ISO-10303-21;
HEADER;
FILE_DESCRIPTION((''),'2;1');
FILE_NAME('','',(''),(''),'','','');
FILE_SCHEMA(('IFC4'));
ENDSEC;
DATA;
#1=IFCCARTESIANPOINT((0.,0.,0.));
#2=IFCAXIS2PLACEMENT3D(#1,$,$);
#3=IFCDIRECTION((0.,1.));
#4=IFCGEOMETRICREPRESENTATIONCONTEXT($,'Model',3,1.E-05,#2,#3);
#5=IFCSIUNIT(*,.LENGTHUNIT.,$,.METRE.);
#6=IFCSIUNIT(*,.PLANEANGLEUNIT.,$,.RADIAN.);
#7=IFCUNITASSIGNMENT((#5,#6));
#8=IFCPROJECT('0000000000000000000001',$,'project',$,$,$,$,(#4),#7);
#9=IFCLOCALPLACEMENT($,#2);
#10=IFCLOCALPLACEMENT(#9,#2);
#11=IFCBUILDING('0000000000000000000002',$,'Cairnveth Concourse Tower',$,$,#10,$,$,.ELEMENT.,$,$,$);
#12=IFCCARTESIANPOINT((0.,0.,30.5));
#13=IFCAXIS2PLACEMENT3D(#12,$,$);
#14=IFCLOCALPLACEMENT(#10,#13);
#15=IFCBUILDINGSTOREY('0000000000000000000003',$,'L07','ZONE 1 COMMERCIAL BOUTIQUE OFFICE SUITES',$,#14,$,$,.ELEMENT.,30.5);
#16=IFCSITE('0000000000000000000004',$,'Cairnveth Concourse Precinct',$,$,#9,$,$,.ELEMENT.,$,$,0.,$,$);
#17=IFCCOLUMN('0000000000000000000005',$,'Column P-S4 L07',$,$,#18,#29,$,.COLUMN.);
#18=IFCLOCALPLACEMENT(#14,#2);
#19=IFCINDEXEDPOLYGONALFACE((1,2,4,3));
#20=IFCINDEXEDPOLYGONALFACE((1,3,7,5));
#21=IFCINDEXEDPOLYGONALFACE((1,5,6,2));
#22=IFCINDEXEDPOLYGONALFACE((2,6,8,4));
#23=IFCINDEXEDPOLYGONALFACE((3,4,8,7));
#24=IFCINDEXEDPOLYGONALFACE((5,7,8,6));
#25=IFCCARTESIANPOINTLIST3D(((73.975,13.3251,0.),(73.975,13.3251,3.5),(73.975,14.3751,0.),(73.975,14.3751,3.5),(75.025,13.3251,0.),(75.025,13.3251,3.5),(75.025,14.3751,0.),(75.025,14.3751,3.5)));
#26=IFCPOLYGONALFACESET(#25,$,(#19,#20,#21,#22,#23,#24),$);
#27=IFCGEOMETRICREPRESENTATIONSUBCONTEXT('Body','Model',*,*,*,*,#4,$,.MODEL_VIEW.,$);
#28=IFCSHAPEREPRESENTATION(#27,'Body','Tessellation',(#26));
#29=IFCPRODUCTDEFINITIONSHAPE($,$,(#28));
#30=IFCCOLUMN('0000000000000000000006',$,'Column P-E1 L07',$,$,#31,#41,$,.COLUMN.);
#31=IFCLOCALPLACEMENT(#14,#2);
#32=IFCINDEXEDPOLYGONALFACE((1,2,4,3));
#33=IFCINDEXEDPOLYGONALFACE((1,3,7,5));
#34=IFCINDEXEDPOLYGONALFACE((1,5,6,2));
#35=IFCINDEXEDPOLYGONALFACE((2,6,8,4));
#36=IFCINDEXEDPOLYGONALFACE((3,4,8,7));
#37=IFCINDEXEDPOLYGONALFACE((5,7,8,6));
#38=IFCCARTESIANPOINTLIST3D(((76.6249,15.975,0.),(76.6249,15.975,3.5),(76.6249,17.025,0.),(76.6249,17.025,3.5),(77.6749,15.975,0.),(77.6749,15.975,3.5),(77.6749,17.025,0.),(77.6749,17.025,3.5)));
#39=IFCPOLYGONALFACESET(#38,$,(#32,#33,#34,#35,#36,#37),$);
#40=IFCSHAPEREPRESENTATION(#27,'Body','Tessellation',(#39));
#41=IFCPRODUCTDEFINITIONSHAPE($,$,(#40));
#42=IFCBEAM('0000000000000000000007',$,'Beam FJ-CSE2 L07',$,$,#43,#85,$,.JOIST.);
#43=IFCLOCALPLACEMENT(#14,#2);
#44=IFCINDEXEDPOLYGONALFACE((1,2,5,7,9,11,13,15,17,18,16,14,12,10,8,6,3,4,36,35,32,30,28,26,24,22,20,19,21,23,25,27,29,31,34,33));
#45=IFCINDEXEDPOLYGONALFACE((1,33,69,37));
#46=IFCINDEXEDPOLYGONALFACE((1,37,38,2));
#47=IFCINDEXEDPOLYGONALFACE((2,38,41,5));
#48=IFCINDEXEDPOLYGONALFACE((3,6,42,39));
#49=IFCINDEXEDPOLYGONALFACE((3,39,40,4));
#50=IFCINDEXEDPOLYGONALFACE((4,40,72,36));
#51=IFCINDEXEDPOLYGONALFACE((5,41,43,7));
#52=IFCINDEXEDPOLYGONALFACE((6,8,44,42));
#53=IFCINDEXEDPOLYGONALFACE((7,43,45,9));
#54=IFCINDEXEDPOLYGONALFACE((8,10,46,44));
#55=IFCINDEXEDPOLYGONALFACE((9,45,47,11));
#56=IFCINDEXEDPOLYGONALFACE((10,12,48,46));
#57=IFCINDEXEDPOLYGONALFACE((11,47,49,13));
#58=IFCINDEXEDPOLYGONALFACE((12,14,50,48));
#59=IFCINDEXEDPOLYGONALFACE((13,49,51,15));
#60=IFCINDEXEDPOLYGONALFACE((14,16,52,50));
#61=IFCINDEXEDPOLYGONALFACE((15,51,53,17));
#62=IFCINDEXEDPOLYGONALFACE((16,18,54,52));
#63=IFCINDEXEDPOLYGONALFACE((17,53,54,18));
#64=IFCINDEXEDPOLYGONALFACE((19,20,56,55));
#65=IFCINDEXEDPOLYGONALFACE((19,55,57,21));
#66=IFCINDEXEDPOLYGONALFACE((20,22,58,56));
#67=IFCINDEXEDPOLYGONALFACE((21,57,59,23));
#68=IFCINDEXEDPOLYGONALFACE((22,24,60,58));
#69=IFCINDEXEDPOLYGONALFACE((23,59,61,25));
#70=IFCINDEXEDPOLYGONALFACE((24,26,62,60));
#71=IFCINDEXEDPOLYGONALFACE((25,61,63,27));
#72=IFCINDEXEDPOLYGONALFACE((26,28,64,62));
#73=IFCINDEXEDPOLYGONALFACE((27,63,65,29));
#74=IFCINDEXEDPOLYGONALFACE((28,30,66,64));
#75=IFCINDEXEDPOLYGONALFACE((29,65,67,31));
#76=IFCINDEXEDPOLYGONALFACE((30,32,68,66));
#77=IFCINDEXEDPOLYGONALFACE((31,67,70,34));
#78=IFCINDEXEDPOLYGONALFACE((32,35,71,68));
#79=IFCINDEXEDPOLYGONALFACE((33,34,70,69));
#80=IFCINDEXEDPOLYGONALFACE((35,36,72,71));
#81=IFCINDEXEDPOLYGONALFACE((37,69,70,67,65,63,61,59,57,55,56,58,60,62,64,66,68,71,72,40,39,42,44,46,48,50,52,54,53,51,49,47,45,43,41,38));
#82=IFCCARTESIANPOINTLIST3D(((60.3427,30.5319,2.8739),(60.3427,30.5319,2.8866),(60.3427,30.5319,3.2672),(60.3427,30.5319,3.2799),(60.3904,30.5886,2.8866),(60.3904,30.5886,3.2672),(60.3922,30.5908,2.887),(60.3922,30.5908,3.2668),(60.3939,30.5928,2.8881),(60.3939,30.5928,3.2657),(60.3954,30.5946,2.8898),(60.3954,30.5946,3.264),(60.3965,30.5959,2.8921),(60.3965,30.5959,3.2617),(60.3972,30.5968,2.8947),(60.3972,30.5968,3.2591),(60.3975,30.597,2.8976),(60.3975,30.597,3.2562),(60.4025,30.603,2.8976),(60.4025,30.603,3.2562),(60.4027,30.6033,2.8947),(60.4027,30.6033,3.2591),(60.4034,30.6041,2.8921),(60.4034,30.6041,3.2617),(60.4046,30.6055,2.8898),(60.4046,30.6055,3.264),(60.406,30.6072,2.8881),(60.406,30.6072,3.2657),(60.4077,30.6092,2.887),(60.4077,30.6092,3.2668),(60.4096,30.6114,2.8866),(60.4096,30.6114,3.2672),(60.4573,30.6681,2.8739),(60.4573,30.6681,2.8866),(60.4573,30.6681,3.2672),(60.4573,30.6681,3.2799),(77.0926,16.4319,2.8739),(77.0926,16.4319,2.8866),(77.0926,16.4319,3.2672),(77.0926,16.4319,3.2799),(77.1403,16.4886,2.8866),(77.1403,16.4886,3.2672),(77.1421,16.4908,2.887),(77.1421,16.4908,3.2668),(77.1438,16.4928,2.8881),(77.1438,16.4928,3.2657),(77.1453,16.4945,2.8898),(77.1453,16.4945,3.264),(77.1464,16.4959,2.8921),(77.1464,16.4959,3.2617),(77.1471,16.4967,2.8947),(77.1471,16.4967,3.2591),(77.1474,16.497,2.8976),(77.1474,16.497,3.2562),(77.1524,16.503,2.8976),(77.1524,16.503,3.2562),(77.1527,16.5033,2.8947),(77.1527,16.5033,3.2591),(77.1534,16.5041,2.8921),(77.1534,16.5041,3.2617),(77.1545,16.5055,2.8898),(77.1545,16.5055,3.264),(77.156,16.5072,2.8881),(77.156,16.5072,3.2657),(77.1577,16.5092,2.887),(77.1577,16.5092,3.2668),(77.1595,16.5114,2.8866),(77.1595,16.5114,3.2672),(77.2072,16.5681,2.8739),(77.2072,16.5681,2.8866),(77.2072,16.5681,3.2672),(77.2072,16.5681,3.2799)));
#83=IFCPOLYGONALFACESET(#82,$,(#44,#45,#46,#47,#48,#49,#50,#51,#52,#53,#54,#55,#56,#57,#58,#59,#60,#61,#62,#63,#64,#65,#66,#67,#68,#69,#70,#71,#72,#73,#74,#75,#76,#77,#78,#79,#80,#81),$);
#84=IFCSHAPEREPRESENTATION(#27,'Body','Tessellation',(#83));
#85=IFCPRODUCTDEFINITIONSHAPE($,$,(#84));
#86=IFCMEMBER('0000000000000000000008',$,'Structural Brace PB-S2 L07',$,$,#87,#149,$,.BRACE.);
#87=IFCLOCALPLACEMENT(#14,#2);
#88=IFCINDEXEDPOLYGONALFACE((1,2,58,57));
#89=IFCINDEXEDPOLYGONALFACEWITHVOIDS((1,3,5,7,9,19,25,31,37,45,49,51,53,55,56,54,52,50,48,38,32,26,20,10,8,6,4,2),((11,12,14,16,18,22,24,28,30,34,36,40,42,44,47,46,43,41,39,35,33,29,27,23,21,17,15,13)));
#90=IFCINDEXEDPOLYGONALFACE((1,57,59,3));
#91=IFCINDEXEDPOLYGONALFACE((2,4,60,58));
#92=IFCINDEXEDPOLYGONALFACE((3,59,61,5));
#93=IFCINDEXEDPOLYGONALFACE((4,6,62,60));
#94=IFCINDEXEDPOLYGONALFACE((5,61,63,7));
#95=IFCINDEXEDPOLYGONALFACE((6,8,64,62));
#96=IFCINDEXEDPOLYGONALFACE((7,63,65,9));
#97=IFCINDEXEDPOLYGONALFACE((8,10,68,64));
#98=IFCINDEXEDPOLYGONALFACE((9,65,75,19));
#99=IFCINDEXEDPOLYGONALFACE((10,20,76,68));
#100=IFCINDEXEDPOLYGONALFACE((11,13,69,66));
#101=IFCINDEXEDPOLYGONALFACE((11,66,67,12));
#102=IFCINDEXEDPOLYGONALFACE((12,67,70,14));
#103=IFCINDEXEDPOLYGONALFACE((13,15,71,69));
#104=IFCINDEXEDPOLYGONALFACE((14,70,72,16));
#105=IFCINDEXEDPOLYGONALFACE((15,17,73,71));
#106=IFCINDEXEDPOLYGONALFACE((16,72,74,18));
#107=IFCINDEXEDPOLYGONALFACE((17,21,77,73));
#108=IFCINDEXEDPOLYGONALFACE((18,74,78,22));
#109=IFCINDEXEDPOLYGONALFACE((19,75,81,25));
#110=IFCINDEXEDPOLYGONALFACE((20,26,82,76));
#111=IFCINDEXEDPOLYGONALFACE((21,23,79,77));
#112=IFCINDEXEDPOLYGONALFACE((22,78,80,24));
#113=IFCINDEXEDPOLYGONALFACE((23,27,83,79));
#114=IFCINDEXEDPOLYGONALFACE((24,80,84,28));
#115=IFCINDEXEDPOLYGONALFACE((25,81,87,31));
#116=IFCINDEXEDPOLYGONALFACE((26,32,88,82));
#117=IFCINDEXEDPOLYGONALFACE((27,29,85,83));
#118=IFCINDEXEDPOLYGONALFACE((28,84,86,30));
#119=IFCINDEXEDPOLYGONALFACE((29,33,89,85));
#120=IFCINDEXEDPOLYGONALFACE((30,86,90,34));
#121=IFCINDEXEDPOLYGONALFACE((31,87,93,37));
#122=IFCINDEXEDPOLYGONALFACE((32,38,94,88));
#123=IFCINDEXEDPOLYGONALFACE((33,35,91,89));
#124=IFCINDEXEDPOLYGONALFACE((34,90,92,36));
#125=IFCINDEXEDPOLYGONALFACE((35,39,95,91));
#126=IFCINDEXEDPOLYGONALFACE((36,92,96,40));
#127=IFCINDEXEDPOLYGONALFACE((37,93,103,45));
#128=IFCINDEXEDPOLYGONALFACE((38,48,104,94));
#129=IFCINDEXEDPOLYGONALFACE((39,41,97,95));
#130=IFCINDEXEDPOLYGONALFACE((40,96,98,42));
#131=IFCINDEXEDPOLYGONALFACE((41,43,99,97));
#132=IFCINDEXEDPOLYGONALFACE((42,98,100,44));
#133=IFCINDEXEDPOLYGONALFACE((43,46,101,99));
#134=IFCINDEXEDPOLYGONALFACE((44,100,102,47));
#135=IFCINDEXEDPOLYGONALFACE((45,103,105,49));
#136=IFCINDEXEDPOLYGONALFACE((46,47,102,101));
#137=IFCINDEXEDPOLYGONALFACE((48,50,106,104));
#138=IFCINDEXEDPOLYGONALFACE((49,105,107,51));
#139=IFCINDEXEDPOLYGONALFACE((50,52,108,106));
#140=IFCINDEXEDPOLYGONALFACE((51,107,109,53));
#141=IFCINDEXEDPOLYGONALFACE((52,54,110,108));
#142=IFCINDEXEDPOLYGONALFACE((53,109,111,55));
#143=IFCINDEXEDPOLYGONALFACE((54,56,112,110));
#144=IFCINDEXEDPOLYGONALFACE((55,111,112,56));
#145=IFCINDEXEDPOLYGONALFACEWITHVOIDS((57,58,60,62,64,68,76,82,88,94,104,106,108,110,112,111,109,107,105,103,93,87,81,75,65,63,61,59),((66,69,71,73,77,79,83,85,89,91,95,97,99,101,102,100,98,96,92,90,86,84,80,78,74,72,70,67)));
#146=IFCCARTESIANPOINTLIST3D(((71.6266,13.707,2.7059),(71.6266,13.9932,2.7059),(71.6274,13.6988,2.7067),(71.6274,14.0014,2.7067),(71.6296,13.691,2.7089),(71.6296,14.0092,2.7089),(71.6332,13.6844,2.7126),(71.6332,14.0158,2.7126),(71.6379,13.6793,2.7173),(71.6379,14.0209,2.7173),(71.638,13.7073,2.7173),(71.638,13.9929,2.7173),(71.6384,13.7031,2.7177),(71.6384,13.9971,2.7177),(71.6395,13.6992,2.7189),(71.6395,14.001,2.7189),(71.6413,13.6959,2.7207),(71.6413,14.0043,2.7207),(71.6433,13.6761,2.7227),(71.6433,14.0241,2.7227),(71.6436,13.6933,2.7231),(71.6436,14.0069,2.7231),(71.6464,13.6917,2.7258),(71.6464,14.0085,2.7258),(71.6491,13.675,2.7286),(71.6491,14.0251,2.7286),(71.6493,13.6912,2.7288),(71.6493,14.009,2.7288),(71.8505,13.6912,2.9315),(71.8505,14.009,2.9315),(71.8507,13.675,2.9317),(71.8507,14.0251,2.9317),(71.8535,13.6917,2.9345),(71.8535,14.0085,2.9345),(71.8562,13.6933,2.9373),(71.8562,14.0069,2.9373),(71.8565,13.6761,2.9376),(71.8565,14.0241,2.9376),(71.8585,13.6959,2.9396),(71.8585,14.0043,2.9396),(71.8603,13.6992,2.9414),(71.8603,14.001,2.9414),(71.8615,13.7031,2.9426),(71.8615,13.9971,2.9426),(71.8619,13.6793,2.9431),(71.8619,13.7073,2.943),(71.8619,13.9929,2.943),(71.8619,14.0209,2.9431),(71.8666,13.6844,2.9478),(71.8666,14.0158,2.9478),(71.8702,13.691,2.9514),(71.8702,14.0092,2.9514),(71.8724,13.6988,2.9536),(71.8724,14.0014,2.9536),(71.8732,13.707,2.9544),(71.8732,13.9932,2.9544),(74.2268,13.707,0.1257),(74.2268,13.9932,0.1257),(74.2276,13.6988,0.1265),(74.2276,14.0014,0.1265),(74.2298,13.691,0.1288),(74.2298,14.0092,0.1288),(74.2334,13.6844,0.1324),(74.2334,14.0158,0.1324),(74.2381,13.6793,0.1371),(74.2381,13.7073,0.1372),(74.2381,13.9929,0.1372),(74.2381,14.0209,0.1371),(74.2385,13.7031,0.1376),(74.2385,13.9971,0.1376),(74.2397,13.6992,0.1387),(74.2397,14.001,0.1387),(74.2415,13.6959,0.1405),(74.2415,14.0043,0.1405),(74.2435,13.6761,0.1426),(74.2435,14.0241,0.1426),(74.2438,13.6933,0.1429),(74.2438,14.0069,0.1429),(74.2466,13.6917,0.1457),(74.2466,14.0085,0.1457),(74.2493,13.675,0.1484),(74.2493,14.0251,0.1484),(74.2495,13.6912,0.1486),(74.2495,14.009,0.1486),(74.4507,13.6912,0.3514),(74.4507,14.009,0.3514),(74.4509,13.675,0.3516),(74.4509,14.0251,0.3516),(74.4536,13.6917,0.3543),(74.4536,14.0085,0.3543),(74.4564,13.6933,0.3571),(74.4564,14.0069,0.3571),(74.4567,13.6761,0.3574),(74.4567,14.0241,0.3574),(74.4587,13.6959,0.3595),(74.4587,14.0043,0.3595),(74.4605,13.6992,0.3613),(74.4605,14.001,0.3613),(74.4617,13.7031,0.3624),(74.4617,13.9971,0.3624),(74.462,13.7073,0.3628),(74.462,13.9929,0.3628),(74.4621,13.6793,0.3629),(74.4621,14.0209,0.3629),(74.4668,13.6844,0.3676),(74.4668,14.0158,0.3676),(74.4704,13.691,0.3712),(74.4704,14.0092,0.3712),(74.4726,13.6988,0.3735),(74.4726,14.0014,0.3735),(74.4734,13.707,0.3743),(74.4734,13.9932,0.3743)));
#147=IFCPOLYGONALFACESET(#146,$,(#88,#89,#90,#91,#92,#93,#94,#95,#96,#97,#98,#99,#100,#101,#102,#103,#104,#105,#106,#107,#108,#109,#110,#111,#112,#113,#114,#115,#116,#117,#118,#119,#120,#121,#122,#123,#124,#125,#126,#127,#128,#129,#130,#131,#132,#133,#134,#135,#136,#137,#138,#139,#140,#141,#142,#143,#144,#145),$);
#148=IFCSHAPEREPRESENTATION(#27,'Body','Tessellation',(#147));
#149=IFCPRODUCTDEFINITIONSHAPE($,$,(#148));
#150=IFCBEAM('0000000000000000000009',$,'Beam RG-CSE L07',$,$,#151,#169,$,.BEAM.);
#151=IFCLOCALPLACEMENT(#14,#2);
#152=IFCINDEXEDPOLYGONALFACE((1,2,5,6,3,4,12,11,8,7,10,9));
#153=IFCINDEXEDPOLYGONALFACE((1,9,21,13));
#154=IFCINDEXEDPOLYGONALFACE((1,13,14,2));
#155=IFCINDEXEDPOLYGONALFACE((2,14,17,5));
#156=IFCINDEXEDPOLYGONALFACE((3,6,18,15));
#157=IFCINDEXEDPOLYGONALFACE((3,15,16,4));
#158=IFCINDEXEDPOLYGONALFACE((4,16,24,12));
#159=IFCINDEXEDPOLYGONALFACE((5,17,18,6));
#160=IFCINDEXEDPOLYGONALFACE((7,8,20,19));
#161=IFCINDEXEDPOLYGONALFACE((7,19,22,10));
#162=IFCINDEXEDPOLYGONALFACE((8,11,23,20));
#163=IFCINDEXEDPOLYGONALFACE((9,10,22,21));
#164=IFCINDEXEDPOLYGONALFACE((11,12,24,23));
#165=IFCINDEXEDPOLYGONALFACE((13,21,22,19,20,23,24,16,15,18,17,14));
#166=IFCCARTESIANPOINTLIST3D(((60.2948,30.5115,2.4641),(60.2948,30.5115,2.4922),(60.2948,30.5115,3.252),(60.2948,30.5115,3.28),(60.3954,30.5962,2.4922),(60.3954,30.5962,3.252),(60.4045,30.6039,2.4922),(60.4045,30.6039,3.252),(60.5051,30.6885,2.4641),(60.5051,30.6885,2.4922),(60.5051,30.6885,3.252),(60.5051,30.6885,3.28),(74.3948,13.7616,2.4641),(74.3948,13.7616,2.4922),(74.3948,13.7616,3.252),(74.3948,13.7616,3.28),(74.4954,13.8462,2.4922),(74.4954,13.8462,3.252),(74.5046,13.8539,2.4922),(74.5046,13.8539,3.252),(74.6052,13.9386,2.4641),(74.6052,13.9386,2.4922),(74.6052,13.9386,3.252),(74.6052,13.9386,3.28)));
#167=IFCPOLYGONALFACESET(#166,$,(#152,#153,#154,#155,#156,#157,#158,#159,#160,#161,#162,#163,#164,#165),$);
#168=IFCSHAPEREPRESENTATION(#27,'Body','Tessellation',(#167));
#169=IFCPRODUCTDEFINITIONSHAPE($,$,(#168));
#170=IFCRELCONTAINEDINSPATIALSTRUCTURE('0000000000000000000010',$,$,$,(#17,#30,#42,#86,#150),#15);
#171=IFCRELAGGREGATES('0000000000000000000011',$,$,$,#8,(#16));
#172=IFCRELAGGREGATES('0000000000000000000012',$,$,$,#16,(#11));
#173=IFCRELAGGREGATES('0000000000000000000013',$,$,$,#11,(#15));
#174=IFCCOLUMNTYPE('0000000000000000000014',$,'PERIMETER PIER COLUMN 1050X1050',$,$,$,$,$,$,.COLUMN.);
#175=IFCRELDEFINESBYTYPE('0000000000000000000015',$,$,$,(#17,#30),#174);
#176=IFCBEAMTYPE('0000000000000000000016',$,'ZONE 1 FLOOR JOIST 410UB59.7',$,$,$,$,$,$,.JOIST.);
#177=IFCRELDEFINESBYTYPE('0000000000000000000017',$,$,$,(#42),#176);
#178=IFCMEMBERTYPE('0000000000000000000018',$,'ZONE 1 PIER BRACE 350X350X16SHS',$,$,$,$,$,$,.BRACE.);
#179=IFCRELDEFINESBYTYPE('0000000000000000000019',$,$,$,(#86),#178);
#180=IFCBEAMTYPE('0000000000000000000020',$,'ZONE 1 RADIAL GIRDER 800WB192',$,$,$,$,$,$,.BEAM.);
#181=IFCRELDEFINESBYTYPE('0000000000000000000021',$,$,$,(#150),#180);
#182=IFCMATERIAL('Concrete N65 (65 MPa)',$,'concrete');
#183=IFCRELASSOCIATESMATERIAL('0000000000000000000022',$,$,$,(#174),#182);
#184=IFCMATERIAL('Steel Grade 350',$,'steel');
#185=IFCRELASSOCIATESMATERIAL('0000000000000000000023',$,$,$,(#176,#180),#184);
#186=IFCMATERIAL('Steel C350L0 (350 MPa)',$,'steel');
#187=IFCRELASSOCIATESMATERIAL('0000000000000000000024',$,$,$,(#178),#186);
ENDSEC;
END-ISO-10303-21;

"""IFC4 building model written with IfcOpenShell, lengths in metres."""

from ifc_helpers import new_model, si_unit, direction, frame, origin, origin_2d, place, context, subcontext, project, spatial, rectangle, hollow_rectangle, i_section, extrude, material, material_profile, profile_set, type_object, element, save


model = new_model("IFC4")

# Units and contexts
model_context = context("Model", 3, precision=1e-05, world=origin(), true_north=direction((0.0, 1.0)))
body_context = subcontext(model_context, "Body", "Model", "MODEL_VIEW")
ifc_project = project(units=[si_unit("LENGTHUNIT", "METRE"), si_unit("PLANEANGLEUNIT", "RADIAN")], contexts=[model_context])

# Site, building, storey
site_placement = place(None, origin())
site = spatial("IfcSite", under=ifc_project, at=site_placement, Name="Cairnveth Concourse Precinct", CompositionType="ELEMENT", RefElevation=0.0)
building_placement = place(site_placement, origin())
building = spatial("IfcBuilding", under=site, at=building_placement, Name="Cairnveth Concourse Tower", CompositionType="ELEMENT")
storey_placement = place(building_placement, frame((0.0, 0.0, 30.5)))
storey = spatial("IfcBuildingStorey", under=building, at=storey_placement, Name="L07", Description="ZONE 1 COMMERCIAL BOUTIQUE OFFICE SUITES", CompositionType="ELEMENT", Elevation=30.5)

# Columns
ifc_material_1 = material(Name="Concrete N65 (65 MPa)", Category="concrete")
ifc_material_profile_1 = material_profile(ifc_material_1, rectangle(XDim=1.05, YDim=1.05, at=origin_2d()), Name="RC-COL-1050x1050")
ifc_profile_set_1 = profile_set([ifc_material_profile_1], Name="Concrete N65 (65 MPa)")
column_type = type_object("IfcColumnType", Name="PERIMETER PIER COLUMN 1050X1050", PredefinedType="COLUMN", material=ifc_profile_set_1)
for number, where, z_axis, x_axis, name in (
    (1, (74.5, 13.8501, 0.0), (0.0, 0.0, 1.0), (1.0, 0.0, 0.0), "Column P-S4 L07"),
    (2, (77.1499, 16.5, 0.0), (0.0, 0.0, 1.0), (0.0, 1.0, 0.0), "Column P-E1 L07"),
):
    element("IfcColumn", number, at=place(storey_placement, frame(where, z_axis=z_axis, x_axis=x_axis)), inside=storey, type_object=column_type, Name=name, PredefinedType="COLUMN", context=body_context, shape_type="SweptSolid", body=[
        extrude(rectangle(XDim=1.05, YDim=1.05, at=origin_2d()), origin(), (0.0, 0.0, 1.0), 3.5),
    ])

# Beam
ifc_material_2 = material(Name="Steel Grade 350", Category="steel")
ifc_material_profile_2 = material_profile(ifc_material_2, i_section(OverallWidth=0.178, OverallDepth=0.406, WebThickness=0.0078, FlangeThickness=0.0127, FilletRadius=0.011, at=origin_2d()), Name="410UB59.7")
ifc_profile_set_2 = profile_set([ifc_material_profile_2], Name="Steel Grade 350")
beam_type_1 = type_object("IfcBeamType", Name="ZONE 1 FLOOR JOIST 410UB59.7", PredefinedType="JOIST", material=ifc_profile_set_2)
beam_1_placement = place(storey_placement, frame((77.1499, 16.5, 3.0769), z_axis=(-0.765027, 0.643998, 0.0), x_axis=(-0.643998, -0.765027, 0.0)))
element("IfcBeam", 3, at=beam_1_placement, inside=storey, type_object=beam_type_1, Name="Beam FJ-CSE2 L07", PredefinedType="JOIST", context=body_context, shape_type="SweptSolid", body=[
    extrude(i_section(OverallWidth=0.178, OverallDepth=0.406, WebThickness=0.0078, FlangeThickness=0.0127, FilletRadius=0.011, at=origin_2d()), origin(), (0.0, 0.0, 1.0), 21.8945),
])

# Member
ifc_material_3 = material(Name="Steel C350L0 (350 MPa)", Category="steel")
ifc_material_profile_3 = material_profile(ifc_material_3, hollow_rectangle(XDim=0.3501, YDim=0.3501, WallThickness=0.0161, InnerFilletRadius=0.0161, OuterFilletRadius=0.032, at=origin_2d()), Name="350x350x16.0SHS")
ifc_profile_set_3 = profile_set([ifc_material_profile_3], Name="Steel C350L0 (350 MPa)")
member_type = type_object("IfcMemberType", Name="ZONE 1 PIER BRACE 350X350X16SHS", PredefinedType="BRACE", material=ifc_profile_set_3)
member_placement = place(storey_placement, frame((74.3501, 13.8501, 0.25), z_axis=(-0.709834, 0.0, 0.704369), x_axis=(0.0, -1.0, 0.0)))
element("IfcMember", 4, at=member_placement, inside=storey, type_object=member_type, Name="Structural Brace PB-S2 L07", PredefinedType="BRACE", context=body_context, shape_type="SweptSolid", body=[
    extrude(hollow_rectangle(XDim=0.3501, YDim=0.3501, WallThickness=0.0161, InnerFilletRadius=0.0161, OuterFilletRadius=0.032, at=origin_2d()), origin(), (0.0, 0.0, 1.0), 3.6631),
])

# Beam
ifc_material_profile_4 = material_profile(ifc_material_2, i_section(OverallWidth=0.2749, OverallDepth=0.8159, WebThickness=0.012, FlangeThickness=0.0281, at=origin_2d()), Name="800WB192")
ifc_profile_set_4 = profile_set([ifc_material_profile_4], Name="Steel Grade 350")
beam_type_2 = type_object("IfcBeamType", Name="ZONE 1 RADIAL GIRDER 800WB192", PredefinedType="BEAM", material=ifc_profile_set_4)
beam_2_placement = place(storey_placement, frame((74.5, 13.8501, 2.8721), z_axis=(-0.643998, 0.765027, 0.0), x_axis=(-0.765027, -0.643998, 0.0)))
element("IfcBeam", 5, at=beam_2_placement, inside=storey, type_object=beam_type_2, Name="Beam RG-CSE L07", PredefinedType="BEAM", context=body_context, shape_type="SweptSolid", body=[
    extrude(i_section(OverallWidth=0.2749, OverallDepth=0.8159, WebThickness=0.012, FlangeThickness=0.0281, at=origin_2d()), origin(), (0.0, 0.0, 1.0), 21.8945),
])

save(model, "model.ifc")
